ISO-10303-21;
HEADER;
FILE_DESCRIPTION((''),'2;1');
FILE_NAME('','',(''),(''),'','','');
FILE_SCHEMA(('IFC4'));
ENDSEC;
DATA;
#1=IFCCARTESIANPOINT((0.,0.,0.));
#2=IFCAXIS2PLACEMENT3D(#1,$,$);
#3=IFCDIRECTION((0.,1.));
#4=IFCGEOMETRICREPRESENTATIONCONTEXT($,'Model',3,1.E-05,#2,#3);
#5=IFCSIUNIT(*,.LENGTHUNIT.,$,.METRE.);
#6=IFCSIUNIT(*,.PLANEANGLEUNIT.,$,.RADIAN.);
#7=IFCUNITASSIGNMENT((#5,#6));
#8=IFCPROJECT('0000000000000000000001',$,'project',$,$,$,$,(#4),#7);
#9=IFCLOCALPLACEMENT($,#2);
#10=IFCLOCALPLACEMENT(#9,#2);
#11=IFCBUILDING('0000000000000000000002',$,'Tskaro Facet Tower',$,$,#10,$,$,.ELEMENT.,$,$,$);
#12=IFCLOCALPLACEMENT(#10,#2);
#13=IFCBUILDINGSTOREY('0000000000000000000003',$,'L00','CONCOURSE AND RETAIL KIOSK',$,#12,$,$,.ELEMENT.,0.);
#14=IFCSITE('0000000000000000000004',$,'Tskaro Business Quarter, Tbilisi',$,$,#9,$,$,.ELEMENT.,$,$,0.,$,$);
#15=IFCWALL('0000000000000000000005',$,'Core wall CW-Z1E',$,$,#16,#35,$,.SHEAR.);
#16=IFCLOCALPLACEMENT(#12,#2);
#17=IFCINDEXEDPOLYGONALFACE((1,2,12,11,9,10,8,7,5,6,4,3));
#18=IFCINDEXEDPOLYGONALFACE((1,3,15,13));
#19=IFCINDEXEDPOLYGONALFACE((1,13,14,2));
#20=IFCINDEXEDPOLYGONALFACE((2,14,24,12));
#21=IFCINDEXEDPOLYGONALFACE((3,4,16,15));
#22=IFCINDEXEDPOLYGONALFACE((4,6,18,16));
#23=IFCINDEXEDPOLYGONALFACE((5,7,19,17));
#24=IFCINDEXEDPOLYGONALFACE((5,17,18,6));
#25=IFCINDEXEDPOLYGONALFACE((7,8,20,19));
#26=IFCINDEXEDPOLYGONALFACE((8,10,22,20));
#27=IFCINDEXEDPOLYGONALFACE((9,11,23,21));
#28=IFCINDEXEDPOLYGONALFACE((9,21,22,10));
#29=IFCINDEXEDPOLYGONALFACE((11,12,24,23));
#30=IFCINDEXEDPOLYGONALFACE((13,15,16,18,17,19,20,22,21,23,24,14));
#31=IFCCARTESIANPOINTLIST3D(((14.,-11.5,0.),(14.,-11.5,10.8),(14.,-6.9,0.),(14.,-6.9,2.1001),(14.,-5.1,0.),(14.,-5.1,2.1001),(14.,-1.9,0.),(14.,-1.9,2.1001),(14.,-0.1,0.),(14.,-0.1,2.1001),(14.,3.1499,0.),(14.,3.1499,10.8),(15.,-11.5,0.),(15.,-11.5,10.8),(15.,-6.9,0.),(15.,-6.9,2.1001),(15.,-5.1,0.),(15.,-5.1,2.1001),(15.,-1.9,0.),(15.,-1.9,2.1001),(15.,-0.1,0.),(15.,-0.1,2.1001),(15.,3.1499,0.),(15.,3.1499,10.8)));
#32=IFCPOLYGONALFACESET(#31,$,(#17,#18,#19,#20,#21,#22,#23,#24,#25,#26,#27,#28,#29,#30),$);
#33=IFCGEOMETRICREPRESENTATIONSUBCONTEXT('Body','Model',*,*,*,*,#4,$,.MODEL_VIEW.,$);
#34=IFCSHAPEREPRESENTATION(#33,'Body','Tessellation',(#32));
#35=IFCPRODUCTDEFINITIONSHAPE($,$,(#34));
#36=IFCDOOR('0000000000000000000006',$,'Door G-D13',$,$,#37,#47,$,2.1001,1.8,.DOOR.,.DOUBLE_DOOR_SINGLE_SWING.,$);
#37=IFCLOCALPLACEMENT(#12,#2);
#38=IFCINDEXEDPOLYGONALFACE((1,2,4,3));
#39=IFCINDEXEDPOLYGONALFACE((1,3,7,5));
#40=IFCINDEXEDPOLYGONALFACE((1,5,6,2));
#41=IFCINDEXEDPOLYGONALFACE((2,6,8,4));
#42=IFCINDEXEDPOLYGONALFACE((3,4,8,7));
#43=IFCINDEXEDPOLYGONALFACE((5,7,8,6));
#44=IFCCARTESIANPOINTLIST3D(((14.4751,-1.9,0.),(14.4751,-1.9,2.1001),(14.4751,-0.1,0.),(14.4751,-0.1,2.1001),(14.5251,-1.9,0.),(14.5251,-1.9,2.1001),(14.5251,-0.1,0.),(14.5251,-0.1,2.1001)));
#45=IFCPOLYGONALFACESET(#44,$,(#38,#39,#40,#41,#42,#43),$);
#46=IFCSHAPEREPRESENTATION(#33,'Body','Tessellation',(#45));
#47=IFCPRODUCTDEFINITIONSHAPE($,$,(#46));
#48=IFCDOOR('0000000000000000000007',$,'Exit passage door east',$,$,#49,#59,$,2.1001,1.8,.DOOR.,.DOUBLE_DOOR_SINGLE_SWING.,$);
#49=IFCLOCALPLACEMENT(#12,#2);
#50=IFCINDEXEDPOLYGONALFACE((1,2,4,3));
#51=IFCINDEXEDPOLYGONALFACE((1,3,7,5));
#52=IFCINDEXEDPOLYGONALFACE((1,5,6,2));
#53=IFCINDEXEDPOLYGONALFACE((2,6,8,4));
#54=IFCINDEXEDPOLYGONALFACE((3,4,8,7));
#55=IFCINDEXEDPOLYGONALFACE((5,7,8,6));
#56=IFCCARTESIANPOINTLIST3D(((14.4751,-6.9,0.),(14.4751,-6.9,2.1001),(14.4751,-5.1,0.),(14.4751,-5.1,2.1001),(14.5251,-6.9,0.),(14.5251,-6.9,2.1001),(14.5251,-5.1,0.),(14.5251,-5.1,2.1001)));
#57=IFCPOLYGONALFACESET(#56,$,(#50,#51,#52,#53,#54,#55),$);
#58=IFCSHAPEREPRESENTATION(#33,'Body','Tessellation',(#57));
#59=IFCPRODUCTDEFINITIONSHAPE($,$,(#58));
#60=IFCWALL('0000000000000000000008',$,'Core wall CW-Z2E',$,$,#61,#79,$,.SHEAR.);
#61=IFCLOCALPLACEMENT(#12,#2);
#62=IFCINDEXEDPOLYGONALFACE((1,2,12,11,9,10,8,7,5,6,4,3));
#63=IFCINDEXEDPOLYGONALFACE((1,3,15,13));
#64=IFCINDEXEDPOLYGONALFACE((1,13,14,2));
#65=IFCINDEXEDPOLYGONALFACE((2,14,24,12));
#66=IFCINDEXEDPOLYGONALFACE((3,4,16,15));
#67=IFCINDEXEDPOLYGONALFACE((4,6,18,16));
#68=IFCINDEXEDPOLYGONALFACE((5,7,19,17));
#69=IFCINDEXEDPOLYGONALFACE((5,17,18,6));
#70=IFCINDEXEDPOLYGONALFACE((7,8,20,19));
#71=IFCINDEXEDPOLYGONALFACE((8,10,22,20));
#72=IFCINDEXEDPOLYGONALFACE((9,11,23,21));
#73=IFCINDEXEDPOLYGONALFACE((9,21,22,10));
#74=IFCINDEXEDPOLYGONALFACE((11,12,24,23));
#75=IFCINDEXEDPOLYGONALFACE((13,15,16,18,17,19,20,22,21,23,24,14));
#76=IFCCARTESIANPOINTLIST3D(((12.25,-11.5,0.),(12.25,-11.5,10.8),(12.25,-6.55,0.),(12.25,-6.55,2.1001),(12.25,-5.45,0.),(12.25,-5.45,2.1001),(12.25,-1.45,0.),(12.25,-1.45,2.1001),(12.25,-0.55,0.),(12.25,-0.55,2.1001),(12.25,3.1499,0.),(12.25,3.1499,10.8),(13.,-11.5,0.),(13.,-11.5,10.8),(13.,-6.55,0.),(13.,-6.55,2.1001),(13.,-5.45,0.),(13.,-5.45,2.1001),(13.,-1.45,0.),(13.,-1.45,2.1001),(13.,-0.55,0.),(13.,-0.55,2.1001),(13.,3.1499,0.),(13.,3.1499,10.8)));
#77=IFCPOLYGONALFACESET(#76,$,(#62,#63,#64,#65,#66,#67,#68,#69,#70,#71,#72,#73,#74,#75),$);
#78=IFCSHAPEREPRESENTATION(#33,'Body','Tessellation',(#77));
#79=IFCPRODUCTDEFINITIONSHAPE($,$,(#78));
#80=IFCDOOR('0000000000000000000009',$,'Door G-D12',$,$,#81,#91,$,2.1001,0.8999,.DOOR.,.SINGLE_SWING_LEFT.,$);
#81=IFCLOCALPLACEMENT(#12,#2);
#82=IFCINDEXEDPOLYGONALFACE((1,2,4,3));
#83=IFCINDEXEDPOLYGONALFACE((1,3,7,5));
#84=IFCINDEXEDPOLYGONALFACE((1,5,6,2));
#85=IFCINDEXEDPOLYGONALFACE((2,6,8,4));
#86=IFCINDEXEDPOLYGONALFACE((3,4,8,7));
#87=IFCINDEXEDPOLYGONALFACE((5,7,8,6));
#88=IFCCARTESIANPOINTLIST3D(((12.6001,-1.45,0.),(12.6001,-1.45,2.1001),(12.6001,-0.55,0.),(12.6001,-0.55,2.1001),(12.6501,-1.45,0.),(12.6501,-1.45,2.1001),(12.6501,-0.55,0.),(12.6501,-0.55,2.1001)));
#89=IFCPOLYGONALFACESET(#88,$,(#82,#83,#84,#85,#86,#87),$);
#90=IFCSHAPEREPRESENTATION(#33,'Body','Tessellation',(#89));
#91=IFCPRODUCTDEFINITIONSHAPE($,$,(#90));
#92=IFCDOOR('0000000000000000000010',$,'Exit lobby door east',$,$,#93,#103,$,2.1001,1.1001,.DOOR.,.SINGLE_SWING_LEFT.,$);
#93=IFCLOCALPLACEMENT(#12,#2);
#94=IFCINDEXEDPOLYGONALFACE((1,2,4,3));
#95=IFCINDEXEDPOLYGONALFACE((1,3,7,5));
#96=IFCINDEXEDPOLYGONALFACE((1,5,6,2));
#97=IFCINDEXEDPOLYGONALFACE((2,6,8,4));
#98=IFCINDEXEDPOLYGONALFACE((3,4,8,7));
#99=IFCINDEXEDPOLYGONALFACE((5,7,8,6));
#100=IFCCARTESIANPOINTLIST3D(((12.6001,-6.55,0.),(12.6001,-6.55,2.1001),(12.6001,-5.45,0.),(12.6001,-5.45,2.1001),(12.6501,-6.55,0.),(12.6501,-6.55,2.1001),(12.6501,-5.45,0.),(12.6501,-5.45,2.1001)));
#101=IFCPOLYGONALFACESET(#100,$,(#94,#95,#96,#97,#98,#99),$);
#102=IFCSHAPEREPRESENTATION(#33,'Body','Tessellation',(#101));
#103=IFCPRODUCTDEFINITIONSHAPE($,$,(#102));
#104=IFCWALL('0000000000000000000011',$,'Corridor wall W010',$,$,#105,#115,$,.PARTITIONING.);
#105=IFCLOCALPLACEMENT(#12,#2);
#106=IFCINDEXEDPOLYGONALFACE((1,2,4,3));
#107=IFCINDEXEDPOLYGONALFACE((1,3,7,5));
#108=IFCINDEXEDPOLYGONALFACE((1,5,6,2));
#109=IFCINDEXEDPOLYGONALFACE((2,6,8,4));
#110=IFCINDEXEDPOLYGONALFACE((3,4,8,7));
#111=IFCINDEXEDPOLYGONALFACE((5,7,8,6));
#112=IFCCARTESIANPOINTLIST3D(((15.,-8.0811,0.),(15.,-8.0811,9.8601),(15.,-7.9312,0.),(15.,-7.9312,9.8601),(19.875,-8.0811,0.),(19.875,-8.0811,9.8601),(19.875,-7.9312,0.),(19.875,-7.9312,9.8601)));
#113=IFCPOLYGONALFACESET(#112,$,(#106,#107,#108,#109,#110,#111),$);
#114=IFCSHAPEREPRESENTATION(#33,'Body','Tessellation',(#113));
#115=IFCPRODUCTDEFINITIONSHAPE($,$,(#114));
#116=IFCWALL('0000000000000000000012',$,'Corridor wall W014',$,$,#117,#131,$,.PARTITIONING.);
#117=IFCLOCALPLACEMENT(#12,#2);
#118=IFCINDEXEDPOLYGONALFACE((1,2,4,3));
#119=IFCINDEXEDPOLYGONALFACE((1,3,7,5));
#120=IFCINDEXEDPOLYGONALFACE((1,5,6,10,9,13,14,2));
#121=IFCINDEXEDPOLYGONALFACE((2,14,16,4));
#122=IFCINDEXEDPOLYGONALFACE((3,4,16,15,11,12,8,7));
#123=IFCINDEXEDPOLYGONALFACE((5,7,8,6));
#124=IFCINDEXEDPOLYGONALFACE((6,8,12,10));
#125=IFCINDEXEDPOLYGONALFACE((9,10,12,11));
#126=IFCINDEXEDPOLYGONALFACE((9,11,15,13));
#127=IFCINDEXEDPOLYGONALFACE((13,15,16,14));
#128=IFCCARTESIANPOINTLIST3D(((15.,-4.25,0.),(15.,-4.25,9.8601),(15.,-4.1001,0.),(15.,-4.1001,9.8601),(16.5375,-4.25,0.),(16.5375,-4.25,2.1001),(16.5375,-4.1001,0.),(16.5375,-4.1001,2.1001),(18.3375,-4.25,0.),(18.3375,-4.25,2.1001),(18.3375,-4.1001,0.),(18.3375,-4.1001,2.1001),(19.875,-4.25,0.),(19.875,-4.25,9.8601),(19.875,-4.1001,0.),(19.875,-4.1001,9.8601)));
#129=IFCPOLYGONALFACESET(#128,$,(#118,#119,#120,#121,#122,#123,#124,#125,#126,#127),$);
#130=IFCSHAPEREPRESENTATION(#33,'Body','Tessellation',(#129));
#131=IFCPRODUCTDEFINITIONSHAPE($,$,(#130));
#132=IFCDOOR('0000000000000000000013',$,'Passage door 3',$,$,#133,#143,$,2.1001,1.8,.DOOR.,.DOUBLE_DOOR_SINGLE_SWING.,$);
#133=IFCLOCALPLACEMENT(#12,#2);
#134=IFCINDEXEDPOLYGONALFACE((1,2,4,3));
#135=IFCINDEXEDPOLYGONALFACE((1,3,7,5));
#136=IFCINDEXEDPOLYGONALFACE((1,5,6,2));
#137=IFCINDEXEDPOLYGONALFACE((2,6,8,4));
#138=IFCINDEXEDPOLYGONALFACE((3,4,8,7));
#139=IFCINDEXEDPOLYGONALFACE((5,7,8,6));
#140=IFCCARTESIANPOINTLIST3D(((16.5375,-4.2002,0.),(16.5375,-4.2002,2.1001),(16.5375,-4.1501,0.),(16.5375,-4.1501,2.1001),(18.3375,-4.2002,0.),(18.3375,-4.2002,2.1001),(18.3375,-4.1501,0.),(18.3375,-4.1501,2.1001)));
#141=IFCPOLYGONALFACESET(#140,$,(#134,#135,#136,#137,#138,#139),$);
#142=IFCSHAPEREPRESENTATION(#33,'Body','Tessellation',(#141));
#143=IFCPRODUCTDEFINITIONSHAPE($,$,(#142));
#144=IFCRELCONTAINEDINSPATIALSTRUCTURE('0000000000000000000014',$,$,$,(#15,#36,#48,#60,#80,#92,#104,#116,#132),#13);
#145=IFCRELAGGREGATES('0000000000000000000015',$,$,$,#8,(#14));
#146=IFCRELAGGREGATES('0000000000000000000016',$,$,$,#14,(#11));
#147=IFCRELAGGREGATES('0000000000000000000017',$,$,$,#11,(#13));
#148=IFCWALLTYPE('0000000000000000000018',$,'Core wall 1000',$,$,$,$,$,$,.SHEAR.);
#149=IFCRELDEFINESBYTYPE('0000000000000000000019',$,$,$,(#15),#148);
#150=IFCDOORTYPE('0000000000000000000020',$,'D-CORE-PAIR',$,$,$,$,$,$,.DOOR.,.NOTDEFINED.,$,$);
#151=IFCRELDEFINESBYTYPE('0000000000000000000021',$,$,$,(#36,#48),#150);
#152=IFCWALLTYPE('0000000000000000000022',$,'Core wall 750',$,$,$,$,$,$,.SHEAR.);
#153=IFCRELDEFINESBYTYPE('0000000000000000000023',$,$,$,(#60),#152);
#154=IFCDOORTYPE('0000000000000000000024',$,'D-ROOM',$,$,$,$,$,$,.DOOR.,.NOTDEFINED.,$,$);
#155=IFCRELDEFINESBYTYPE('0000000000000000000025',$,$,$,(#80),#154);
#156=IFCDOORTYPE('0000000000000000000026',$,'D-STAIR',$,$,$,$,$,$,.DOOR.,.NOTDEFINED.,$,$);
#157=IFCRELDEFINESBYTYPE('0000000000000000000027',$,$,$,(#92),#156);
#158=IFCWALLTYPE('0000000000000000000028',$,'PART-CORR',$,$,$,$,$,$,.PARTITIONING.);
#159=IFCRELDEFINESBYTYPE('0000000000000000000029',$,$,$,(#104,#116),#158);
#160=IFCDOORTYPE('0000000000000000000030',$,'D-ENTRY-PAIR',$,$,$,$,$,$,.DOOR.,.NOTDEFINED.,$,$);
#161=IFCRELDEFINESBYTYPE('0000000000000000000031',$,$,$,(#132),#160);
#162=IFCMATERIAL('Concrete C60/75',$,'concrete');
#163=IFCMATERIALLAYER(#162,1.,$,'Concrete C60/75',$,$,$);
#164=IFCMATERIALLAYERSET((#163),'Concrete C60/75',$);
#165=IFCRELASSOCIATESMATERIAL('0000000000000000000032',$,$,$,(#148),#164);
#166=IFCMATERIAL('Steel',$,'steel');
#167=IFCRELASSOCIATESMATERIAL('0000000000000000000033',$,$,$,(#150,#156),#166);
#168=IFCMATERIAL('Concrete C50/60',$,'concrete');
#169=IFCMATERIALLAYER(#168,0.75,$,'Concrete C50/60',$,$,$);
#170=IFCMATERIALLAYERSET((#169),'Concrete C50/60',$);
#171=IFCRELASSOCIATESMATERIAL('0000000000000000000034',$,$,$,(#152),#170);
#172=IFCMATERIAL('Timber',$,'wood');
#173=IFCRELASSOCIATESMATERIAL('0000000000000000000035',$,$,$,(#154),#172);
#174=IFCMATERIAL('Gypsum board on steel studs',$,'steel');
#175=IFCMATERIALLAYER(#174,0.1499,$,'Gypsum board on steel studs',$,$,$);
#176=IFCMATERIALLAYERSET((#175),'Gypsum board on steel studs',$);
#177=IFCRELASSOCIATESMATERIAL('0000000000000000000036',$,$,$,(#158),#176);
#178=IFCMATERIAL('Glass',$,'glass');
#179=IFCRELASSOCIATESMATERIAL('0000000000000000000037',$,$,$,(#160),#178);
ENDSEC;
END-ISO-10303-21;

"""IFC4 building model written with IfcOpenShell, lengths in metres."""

from ifc_helpers import new_model, si_unit, direction, frame, frame_2d, origin, place, context, subcontext, project, spatial, rectangle, extrude, material, layer, layer_set, type_object, element, fill, save


model = new_model("IFC4")

# Units and contexts
model_context = context("Model", 3, precision=1e-05, world=origin(), true_north=direction((0.0, 1.0)))
body_context = subcontext(model_context, "Body", "Model", "MODEL_VIEW")
ifc_project = project(units=[si_unit("LENGTHUNIT", "METRE"), si_unit("PLANEANGLEUNIT", "RADIAN")], contexts=[model_context])

# Site, building, storey
site_placement = place(None, origin())
site = spatial("IfcSite", under=ifc_project, at=site_placement, Name="Tskaro Business Quarter, Tbilisi", CompositionType="ELEMENT", RefElevation=0.0)
building_placement = place(site_placement, origin())
building = spatial("IfcBuilding", under=site, at=building_placement, Name="Tskaro Facet Tower", CompositionType="ELEMENT")
storey_placement = place(building_placement, origin())
storey = spatial("IfcBuildingStorey", under=building, at=storey_placement, Name="L00", Description="CONCOURSE AND RETAIL KIOSK", CompositionType="ELEMENT", Elevation=0.0)

# Shared definitions
ifc_material_1 = material(Name="Concrete C60/75", Category="concrete")

# Walls, openings, doors
ifc_layer_1 = layer(ifc_material_1, 1.0, Name="Concrete C60/75")
ifc_layer_set_1 = layer_set([ifc_layer_1], Name="Concrete C60/75")
wall_type_1 = type_object("IfcWallType", Name="Core wall 1000", PredefinedType="SHEAR", material=ifc_layer_set_1)
wall_1_placement = place(storey_placement, frame((14.5, -11.5, 0.0), z_axis=(0.0, 0.0, 1.0), x_axis=(0.0, 1.0, 0.0)))
wall_1 = element("IfcWall", 1, at=wall_1_placement, inside=storey, type_object=wall_type_1, Name="Core wall CW-Z1E", PredefinedType="SHEAR", context=body_context, shape_type="SweptSolid", body=[
    extrude(rectangle(XDim=14.6499, YDim=1.0, at=frame_2d((7.325, 0.0))), origin(), (0.0, 0.0, 1.0), 10.8),
])
opening_1_placement = place(wall_1_placement, frame((9.6001, 0.0, 0.0)))
opening_1 = element("IfcOpeningElement", 2, at=opening_1_placement, cuts=wall_1, PredefinedType="OPENING", context=body_context, shape_type="SweptSolid", body=[
    extrude(rectangle(XDim=1.8, YDim=2.1001, at=frame_2d((0.8999, 1.05))), frame((0.0, 0.51, 0.0), z_axis=(0.0, -1.0, 0.0), x_axis=(1.0, 0.0, 0.0)), (0.0, 0.0, 1.0), 1.02),
])
opening_2_placement = place(wall_1_placement, frame((4.6001, 0.0, 0.0)))
opening_2 = element("IfcOpeningElement", 3, at=opening_2_placement, cuts=wall_1, PredefinedType="OPENING", context=body_context, shape_type="SweptSolid", body=[
    extrude(rectangle(XDim=1.8, YDim=2.1001, at=frame_2d((0.8999, 1.05))), frame((0.0, 0.51, 0.0), z_axis=(0.0, -1.0, 0.0), x_axis=(1.0, 0.0, 0.0)), (0.0, 0.0, 1.0), 1.02),
])
ifc_material_2 = material(Name="Steel", Category="steel")
door_type_1 = type_object("IfcDoorType", Name="D-CORE-PAIR", OperationType="NOTDEFINED", PredefinedType="DOOR", material=ifc_material_2)
door_1_placement = place(opening_1_placement, origin())
door_1 = element("IfcDoor", 4, at=door_1_placement, inside=storey, type_object=door_type_1, Name="Door G-D13", OperationType="DOUBLE_DOOR_SINGLE_SWING", OverallHeight=2.1001, OverallWidth=1.8, PredefinedType="DOOR", context=body_context, shape_type="SweptSolid", body=[
    extrude(rectangle(XDim=1.8, YDim=2.1001, at=frame_2d((0.8999, 1.05))), frame((0.0, 0.0249, 0.0), z_axis=(0.0, -1.0, 0.0), x_axis=(1.0, 0.0, 0.0)), (0.0, 0.0, 1.0), 0.05),
])
fill(opening_1, door_1)
door_2_placement = place(opening_2_placement, origin())
door_2 = element("IfcDoor", 5, at=door_2_placement, inside=storey, type_object=door_type_1, Name="Exit passage door east", OperationType="DOUBLE_DOOR_SINGLE_SWING", OverallHeight=2.1001, OverallWidth=1.8, PredefinedType="DOOR", context=body_context, shape_type="SweptSolid", body=[
    extrude(rectangle(XDim=1.8, YDim=2.1001, at=frame_2d((0.8999, 1.05))), frame((0.0, 0.0249, 0.0), z_axis=(0.0, -1.0, 0.0), x_axis=(1.0, 0.0, 0.0)), (0.0, 0.0, 1.0), 0.05),
])
fill(opening_2, door_2)
ifc_material_3 = material(Name="Concrete C50/60", Category="concrete")
ifc_layer_2 = layer(ifc_material_3, 0.75, Name="Concrete C50/60")
ifc_layer_set_2 = layer_set([ifc_layer_2], Name="Concrete C50/60")
wall_type_2 = type_object("IfcWallType", Name="Core wall 750", PredefinedType="SHEAR", material=ifc_layer_set_2)
wall_2_placement = place(storey_placement, frame((12.625, -11.5, 0.0), z_axis=(0.0, 0.0, 1.0), x_axis=(0.0, 1.0, 0.0)))
wall_2 = element("IfcWall", 6, at=wall_2_placement, inside=storey, type_object=wall_type_2, Name="Core wall CW-Z2E", PredefinedType="SHEAR", context=body_context, shape_type="SweptSolid", body=[
    extrude(rectangle(XDim=14.6499, YDim=0.75, at=frame_2d((7.325, 0.0))), origin(), (0.0, 0.0, 1.0), 10.8),
])
opening_3_placement = place(wall_2_placement, frame((4.95, 0.0, 0.0)))
opening_3 = element("IfcOpeningElement", 7, at=opening_3_placement, cuts=wall_2, PredefinedType="OPENING", context=body_context, shape_type="SweptSolid", body=[
    extrude(rectangle(XDim=1.1001, YDim=2.1001, at=frame_2d((0.55, 1.05))), frame((0.0, 0.385, 0.0), z_axis=(0.0, -1.0, 0.0), x_axis=(1.0, 0.0, 0.0)), (0.0, 0.0, 1.0), 0.77),
])
opening_4_placement = place(wall_2_placement, frame((10.05, 0.0, 0.0)))
opening_4 = element("IfcOpeningElement", 8, at=opening_4_placement, cuts=wall_2, PredefinedType="OPENING", context=body_context, shape_type="SweptSolid", body=[
    extrude(rectangle(XDim=0.8999, YDim=2.1001, at=frame_2d((0.45, 1.05))), frame((0.0, 0.385, 0.0), z_axis=(0.0, -1.0, 0.0), x_axis=(1.0, 0.0, 0.0)), (0.0, 0.0, 1.0), 0.77),
])
ifc_material_4 = material(Name="Timber", Category="wood")
door_type_2 = type_object("IfcDoorType", Name="D-ROOM", OperationType="NOTDEFINED", PredefinedType="DOOR", material=ifc_material_4)
door_3_placement = place(opening_4_placement, origin())
door_3 = element("IfcDoor", 9, at=door_3_placement, inside=storey, type_object=door_type_2, Name="Door G-D12", OperationType="SINGLE_SWING_LEFT", OverallHeight=2.1001, OverallWidth=0.8999, PredefinedType="DOOR", context=body_context, shape_type="SweptSolid", body=[
    extrude(rectangle(XDim=0.8999, YDim=2.1001, at=frame_2d((0.45, 1.05))), frame((0.0, 0.0249, 0.0), z_axis=(0.0, -1.0, 0.0), x_axis=(1.0, 0.0, 0.0)), (0.0, 0.0, 1.0), 0.05),
])
fill(opening_4, door_3)
door_type_3 = type_object("IfcDoorType", Name="D-STAIR", OperationType="NOTDEFINED", PredefinedType="DOOR", material=ifc_material_2)
door_4_placement = place(opening_3_placement, origin())
door_4 = element("IfcDoor", 10, at=door_4_placement, inside=storey, type_object=door_type_3, Name="Exit lobby door east", OperationType="SINGLE_SWING_LEFT", OverallHeight=2.1001, OverallWidth=1.1001, PredefinedType="DOOR", context=body_context, shape_type="SweptSolid", body=[
    extrude(rectangle(XDim=1.1001, YDim=2.1001, at=frame_2d((0.55, 1.05))), frame((0.0, 0.0249, 0.0), z_axis=(0.0, -1.0, 0.0), x_axis=(1.0, 0.0, 0.0)), (0.0, 0.0, 1.0), 0.05),
])
fill(opening_3, door_4)

# Wall
ifc_material_5 = material(Name="Gypsum board on steel studs", Category="steel")
ifc_layer_3 = layer(ifc_material_5, 0.1499, Name="Gypsum board on steel studs")
ifc_layer_set_3 = layer_set([ifc_layer_3], Name="Gypsum board on steel studs")
wall_type_3 = type_object("IfcWallType", Name="PART-CORR", PredefinedType="PARTITIONING", material=ifc_layer_set_3)
wall_3_placement = place(storey_placement, frame((15.0, -8.0061, 0.0), z_axis=(0.0, 0.0, 1.0), x_axis=(1.0, 0.0, 0.0)))
element("IfcWall", 11, at=wall_3_placement, inside=storey, type_object=wall_type_3, Name="Corridor wall W010", PredefinedType="PARTITIONING", context=body_context, shape_type="SweptSolid", body=[
    extrude(rectangle(XDim=4.875, YDim=0.1499, at=frame_2d((2.4375, 0.0))), origin(), (0.0, 0.0, 1.0), 9.8601),
])

# Wall, opening, door
wall_4_placement = place(storey_placement, frame((15.0, -4.175, 0.0), z_axis=(0.0, 0.0, 1.0), x_axis=(1.0, 0.0, 0.0)))
wall_4 = element("IfcWall", 12, at=wall_4_placement, inside=storey, type_object=wall_type_3, Name="Corridor wall W014", PredefinedType="PARTITIONING", context=body_context, shape_type="SweptSolid", body=[
    extrude(rectangle(XDim=4.875, YDim=0.1499, at=frame_2d((2.4375, 0.0))), origin(), (0.0, 0.0, 1.0), 9.8601),
])
opening_5_placement = place(wall_4_placement, frame((1.5376, 0.0, 0.0)))
opening_5 = element("IfcOpeningElement", 13, at=opening_5_placement, cuts=wall_4, PredefinedType="OPENING", context=body_context, shape_type="SweptSolid", body=[
    extrude(rectangle(XDim=1.8, YDim=2.1001, at=frame_2d((0.8999, 1.05))), frame((0.0, 0.085, 0.0), z_axis=(0.0, -1.0, 0.0), x_axis=(1.0, 0.0, 0.0)), (0.0, 0.0, 1.0), 0.1699),
])
ifc_material_6 = material(Name="Glass", Category="glass")
door_type_4 = type_object("IfcDoorType", Name="D-ENTRY-PAIR", OperationType="NOTDEFINED", PredefinedType="DOOR", material=ifc_material_6)
door_5_placement = place(opening_5_placement, origin())
door_5 = element("IfcDoor", 14, at=door_5_placement, inside=storey, type_object=door_type_4, Name="Passage door 3", OperationType="DOUBLE_DOOR_SINGLE_SWING", OverallHeight=2.1001, OverallWidth=1.8, PredefinedType="DOOR", context=body_context, shape_type="SweptSolid", body=[
    extrude(rectangle(XDim=1.8, YDim=2.1001, at=frame_2d((0.8999, 1.05))), frame((0.0, 0.0249, 0.0), z_axis=(0.0, -1.0, 0.0), x_axis=(1.0, 0.0, 0.0)), (0.0, 0.0, 1.0), 0.05),
])
fill(opening_5, door_5)

save(model, "model.ifc")
